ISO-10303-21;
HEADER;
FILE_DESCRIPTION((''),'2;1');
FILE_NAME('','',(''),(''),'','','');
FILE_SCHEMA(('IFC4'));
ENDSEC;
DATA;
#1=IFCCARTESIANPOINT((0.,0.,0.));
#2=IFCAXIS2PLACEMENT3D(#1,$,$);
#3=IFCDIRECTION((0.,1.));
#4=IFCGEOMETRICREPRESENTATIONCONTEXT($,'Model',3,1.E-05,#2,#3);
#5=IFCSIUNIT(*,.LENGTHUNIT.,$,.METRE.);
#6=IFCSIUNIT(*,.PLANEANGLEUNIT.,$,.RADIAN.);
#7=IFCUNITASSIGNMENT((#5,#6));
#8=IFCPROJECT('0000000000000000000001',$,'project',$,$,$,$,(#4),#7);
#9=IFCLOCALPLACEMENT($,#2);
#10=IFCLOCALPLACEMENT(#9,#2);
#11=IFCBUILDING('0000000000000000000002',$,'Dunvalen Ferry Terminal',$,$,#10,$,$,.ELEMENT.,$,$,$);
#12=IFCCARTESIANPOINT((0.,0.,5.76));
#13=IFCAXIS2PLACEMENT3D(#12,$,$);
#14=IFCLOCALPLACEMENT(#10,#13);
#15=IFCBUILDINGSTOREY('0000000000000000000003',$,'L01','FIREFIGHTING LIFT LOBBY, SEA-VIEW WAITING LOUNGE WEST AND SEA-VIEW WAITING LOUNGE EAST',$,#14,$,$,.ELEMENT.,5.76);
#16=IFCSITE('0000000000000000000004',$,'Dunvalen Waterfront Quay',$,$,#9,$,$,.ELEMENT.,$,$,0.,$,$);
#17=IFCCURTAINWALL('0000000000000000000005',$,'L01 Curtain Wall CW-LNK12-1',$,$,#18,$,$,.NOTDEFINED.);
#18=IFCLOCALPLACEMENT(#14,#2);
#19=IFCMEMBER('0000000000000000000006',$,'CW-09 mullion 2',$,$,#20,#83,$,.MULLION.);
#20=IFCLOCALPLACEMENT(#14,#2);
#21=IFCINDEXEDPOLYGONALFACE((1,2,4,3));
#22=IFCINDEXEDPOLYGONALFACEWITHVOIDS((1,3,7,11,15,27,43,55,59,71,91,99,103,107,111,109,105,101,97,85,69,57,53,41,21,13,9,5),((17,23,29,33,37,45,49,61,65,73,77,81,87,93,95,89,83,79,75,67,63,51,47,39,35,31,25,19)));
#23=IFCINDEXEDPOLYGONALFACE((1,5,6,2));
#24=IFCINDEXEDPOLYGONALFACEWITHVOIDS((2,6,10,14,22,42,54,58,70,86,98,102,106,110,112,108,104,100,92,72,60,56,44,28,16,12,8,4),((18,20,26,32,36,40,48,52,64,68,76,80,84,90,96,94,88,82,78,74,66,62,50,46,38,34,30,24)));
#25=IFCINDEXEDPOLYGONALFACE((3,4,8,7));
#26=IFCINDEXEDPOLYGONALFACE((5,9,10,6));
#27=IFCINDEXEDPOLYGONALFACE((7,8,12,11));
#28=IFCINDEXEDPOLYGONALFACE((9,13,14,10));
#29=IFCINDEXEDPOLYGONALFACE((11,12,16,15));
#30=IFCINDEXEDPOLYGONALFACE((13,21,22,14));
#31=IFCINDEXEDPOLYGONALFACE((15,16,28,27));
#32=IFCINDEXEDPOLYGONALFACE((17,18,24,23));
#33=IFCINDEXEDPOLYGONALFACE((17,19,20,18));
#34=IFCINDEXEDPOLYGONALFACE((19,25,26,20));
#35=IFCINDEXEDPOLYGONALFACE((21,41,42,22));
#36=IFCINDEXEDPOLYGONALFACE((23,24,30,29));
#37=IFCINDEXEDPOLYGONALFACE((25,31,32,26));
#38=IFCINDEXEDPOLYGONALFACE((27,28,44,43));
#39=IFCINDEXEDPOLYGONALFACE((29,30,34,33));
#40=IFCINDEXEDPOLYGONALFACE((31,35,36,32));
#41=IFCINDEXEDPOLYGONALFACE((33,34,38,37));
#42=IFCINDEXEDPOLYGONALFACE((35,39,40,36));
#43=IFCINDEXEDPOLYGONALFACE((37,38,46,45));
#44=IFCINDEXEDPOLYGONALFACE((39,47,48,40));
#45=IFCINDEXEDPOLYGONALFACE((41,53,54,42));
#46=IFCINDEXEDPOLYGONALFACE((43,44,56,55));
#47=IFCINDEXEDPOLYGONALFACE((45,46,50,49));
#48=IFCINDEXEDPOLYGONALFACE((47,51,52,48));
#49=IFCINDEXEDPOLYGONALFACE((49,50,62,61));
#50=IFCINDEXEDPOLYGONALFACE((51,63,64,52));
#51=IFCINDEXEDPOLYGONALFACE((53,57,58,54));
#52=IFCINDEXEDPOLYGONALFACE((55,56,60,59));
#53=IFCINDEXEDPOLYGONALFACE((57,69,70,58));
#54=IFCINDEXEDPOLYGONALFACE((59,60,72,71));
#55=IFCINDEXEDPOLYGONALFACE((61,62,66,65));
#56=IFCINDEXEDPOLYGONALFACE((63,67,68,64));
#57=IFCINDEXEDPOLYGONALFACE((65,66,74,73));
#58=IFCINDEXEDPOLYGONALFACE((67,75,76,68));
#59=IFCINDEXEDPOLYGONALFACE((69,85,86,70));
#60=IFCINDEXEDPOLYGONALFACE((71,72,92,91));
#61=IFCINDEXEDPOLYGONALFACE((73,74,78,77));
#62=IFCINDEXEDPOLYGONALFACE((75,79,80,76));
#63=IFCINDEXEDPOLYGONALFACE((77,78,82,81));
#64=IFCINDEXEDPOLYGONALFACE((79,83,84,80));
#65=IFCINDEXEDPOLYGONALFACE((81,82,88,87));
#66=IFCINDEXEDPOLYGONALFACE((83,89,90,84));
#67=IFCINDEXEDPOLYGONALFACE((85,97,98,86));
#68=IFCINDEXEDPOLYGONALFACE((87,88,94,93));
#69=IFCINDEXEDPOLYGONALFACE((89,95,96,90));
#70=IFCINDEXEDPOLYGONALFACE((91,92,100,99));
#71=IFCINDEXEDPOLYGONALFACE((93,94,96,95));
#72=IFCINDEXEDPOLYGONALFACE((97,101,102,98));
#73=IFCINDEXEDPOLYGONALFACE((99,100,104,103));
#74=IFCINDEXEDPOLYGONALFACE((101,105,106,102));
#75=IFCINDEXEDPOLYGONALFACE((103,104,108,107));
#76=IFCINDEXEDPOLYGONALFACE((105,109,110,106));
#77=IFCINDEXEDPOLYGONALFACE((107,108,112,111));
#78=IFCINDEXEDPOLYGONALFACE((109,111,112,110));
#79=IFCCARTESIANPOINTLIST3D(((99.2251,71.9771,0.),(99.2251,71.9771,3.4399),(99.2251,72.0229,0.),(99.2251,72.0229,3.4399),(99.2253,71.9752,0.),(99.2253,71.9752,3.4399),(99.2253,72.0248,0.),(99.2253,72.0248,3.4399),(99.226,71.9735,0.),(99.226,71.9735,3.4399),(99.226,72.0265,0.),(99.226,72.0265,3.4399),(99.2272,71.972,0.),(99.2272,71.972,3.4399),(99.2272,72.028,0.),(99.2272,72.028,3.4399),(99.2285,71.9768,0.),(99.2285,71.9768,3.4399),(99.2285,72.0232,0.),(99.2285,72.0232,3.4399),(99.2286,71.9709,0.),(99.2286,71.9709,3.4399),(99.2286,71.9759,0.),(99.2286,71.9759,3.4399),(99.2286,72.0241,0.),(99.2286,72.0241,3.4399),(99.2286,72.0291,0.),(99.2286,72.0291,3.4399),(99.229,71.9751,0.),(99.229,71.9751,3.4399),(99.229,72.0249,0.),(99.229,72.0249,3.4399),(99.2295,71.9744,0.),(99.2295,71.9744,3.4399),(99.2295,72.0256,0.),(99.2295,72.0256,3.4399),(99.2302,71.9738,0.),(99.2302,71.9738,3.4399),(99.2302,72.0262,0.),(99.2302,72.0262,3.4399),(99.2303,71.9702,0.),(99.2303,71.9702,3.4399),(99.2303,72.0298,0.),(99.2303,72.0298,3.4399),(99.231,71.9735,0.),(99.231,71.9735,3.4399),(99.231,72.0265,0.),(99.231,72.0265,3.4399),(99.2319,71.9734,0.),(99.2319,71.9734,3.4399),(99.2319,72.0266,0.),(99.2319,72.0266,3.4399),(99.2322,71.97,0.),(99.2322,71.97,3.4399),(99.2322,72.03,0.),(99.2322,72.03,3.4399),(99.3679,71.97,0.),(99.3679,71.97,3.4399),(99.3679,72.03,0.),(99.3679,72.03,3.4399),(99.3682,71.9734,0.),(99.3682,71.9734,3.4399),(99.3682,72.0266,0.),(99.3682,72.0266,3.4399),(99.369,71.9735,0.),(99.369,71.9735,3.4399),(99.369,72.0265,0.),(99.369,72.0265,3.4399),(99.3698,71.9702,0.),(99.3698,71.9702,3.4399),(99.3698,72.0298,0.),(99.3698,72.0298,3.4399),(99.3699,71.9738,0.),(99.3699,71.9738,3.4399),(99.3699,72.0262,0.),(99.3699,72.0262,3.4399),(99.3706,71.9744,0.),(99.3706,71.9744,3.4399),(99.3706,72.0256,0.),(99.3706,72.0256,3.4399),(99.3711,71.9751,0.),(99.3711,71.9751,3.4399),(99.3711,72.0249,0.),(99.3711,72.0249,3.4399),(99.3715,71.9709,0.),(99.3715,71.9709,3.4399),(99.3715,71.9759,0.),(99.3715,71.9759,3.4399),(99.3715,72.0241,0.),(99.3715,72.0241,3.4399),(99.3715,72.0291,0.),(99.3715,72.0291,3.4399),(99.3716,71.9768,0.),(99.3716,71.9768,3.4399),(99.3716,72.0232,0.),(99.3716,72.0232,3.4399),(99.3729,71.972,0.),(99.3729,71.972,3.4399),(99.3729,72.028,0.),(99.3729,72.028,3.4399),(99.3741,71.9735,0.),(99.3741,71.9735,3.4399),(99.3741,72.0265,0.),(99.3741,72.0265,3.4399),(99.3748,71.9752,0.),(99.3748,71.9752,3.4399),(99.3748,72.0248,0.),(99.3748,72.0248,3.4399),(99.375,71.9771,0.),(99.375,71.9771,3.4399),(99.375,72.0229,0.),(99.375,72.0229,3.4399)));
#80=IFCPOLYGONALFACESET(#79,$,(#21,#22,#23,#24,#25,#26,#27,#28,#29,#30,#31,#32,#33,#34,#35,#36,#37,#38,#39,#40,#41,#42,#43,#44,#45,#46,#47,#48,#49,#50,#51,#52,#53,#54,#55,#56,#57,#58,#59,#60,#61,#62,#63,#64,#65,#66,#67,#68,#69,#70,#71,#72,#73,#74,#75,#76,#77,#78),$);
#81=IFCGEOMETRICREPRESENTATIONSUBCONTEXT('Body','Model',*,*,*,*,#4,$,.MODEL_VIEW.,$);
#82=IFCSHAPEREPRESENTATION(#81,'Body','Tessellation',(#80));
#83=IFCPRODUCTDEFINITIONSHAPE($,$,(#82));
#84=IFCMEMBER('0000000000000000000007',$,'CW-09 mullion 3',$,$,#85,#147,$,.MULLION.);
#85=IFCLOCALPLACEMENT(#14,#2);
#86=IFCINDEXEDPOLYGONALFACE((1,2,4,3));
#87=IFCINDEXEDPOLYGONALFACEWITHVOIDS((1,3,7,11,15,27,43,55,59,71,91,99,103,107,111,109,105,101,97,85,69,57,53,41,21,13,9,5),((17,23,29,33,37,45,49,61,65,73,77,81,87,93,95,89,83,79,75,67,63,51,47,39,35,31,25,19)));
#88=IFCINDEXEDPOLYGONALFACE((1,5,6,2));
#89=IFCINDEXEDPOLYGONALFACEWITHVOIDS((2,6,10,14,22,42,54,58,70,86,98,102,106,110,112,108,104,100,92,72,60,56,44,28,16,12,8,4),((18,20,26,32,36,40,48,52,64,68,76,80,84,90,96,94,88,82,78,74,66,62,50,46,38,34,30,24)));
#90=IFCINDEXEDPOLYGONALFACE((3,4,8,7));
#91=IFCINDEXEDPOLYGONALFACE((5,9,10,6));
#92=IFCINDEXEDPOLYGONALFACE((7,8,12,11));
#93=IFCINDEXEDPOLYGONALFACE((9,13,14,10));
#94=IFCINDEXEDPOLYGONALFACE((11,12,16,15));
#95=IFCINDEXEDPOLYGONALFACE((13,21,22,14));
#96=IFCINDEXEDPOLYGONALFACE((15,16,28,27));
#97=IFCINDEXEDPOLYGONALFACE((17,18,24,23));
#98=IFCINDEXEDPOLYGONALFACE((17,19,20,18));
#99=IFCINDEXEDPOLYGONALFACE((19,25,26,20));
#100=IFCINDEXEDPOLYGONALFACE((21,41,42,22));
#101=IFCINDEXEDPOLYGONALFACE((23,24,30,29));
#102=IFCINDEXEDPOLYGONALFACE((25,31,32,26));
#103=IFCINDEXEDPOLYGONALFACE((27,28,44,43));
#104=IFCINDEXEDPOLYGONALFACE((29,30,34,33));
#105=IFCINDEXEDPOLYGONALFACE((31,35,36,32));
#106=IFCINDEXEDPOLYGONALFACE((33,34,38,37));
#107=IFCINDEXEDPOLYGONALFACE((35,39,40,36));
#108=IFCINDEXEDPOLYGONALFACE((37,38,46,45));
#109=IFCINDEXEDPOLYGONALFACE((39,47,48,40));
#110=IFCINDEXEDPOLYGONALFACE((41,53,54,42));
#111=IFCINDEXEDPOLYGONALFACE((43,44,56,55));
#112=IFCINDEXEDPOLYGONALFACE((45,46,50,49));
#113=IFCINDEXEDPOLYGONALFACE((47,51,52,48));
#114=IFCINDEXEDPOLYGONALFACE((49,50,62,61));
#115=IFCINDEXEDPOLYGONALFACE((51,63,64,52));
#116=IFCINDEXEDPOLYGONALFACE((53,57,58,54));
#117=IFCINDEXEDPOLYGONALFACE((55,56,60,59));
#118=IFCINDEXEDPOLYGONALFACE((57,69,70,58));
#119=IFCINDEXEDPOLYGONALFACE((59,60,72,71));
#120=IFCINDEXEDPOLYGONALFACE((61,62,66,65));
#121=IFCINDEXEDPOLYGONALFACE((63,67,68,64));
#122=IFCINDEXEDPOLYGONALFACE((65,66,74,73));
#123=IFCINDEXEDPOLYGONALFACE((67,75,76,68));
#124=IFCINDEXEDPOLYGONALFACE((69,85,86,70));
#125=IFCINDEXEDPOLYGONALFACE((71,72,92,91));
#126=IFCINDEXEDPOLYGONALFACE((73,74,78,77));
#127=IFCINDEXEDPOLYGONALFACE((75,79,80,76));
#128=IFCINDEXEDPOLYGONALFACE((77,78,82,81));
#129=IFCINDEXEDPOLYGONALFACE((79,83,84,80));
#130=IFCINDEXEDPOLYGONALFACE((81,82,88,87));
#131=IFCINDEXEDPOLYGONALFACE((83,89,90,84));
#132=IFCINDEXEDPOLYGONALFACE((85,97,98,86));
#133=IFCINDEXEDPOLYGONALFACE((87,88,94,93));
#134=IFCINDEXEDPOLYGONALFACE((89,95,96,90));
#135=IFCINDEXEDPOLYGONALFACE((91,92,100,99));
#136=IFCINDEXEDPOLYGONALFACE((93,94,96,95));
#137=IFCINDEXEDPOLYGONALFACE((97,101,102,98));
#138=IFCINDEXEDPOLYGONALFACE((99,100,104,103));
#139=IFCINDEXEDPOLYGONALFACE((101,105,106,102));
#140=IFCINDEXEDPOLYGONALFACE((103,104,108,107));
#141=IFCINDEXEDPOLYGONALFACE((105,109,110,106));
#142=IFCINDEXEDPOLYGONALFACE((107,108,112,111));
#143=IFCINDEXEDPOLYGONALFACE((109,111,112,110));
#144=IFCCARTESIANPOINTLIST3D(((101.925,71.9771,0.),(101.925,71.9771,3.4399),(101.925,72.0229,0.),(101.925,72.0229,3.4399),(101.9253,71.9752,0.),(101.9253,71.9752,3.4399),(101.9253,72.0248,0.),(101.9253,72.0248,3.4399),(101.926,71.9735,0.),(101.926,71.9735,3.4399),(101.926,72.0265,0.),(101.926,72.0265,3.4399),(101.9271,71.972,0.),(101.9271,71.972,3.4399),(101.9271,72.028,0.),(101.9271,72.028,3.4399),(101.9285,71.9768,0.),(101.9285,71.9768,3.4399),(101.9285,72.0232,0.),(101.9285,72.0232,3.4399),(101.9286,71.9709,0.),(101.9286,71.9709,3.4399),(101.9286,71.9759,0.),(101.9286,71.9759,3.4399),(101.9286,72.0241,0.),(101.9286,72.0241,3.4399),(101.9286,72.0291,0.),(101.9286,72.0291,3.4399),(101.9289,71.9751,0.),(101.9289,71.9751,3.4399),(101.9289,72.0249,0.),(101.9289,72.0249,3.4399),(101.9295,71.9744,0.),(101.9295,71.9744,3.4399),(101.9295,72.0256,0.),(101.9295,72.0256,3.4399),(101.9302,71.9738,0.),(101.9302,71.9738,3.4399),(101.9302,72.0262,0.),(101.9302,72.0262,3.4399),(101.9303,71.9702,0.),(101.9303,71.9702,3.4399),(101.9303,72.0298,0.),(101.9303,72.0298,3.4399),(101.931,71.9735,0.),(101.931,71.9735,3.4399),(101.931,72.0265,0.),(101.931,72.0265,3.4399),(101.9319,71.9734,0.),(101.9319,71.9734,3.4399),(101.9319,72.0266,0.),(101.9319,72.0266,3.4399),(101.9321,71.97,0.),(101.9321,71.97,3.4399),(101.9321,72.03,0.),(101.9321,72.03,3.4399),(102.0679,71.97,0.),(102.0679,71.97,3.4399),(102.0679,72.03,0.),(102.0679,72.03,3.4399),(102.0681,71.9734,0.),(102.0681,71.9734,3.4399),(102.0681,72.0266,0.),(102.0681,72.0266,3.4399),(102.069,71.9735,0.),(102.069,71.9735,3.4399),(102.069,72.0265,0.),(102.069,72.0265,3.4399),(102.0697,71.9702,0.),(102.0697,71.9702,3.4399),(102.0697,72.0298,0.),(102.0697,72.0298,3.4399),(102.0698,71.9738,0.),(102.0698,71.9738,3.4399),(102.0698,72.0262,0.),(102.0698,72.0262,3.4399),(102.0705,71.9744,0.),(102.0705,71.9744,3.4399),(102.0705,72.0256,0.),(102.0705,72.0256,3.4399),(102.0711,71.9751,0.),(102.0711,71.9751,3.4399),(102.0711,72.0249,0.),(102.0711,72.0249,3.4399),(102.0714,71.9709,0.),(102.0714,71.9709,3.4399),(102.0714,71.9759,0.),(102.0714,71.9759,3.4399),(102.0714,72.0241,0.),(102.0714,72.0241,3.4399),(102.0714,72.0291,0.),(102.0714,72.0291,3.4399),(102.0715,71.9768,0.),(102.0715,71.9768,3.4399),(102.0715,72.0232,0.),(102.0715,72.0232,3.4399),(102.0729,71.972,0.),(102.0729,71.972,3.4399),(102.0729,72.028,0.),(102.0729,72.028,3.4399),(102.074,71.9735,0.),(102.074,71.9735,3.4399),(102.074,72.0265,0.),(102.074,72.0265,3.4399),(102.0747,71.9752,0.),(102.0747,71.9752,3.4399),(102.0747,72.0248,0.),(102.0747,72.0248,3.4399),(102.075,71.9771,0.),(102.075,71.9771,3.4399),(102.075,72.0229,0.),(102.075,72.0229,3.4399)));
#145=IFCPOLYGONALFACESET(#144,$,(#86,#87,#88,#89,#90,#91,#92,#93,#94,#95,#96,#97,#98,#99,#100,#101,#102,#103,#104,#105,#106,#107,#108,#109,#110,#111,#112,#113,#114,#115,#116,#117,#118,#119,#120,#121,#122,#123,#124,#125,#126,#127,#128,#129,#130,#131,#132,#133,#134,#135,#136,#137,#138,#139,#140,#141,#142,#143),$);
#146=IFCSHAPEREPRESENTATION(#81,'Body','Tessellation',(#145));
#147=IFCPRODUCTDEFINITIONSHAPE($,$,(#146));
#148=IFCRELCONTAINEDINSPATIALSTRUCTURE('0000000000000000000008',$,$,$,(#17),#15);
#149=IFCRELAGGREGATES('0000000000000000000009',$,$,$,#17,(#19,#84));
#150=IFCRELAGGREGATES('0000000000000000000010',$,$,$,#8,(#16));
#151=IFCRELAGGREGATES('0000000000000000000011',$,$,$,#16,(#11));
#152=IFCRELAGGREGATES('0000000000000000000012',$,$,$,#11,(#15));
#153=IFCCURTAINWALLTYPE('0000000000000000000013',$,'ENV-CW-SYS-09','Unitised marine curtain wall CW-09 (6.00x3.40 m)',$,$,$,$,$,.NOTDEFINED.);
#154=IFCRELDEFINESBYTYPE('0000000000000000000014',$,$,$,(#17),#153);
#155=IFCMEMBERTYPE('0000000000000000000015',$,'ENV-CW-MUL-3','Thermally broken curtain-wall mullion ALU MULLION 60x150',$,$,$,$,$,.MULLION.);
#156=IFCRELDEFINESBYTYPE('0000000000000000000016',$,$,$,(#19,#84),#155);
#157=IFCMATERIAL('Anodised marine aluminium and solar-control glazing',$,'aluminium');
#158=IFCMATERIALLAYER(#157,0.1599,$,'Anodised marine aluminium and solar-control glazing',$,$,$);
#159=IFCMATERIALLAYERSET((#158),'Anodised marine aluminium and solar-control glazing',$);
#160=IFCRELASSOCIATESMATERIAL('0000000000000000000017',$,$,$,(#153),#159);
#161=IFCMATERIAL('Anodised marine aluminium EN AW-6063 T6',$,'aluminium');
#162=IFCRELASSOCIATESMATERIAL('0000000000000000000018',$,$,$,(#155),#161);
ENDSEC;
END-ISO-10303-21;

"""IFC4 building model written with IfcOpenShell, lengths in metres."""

from ifc_helpers import new_model, si_unit, direction, frame, origin, origin_2d, place, context, subcontext, project, spatial, hollow_rectangle, extrude, material, layer, layer_set, material_profile, profile_set, type_object, element, aggregate, save


model = new_model("IFC4")

# Units and contexts
model_context = context("Model", 3, precision=1e-05, world=origin(), true_north=direction((0.0, 1.0)))
body_context = subcontext(model_context, "Body", "Model", "MODEL_VIEW")
ifc_project = project(units=[si_unit("LENGTHUNIT", "METRE"), si_unit("PLANEANGLEUNIT", "RADIAN")], contexts=[model_context])

# Site, building, storey
site_placement = place(None, origin())
site = spatial("IfcSite", under=ifc_project, at=site_placement, Name="Dunvalen Waterfront Quay", CompositionType="ELEMENT", RefElevation=0.0)
building_placement = place(site_placement, origin())
building = spatial("IfcBuilding", under=site, at=building_placement, Name="Dunvalen Ferry Terminal", CompositionType="ELEMENT")
storey_placement = place(building_placement, frame((0.0, 0.0, 5.76)))
storey = spatial("IfcBuildingStorey", under=building, at=storey_placement, Name="L01", Description="FIREFIGHTING LIFT LOBBY, SEA-VIEW WAITING LOUNGE WEST AND SEA-VIEW WAITING LOUNGE EAST", CompositionType="ELEMENT", Elevation=5.76)

# Curtain wall, members
ifc_material_1 = material(Name="Anodised marine aluminium and solar-control glazing", Category="aluminium")
ifc_material_2 = material(Name="Anodised marine aluminium EN AW-6063 T6", Category="aluminium")
ifc_layer_1 = layer(ifc_material_1, 0.1599, Name="Anodised marine aluminium and solar-control glazing")
ifc_layer_set_1 = layer_set([ifc_layer_1], Name="Anodised marine aluminium and solar-control glazing")
curtain_wall_type_1 = type_object("IfcCurtainWallType", Name="ENV-CW-SYS-09", Description="Unitised marine curtain wall CW-09 (6.00x3.40 m)", PredefinedType="NOTDEFINED", material=ifc_layer_set_1)
curtain_wall_1_placement = place(storey_placement, origin())
curtain_wall_1 = element("IfcCurtainWall", 1, at=curtain_wall_1_placement, inside=storey, type_object=curtain_wall_type_1, Name="L01 Curtain Wall CW-LNK12-1", PredefinedType="NOTDEFINED")
ifc_material_profile_1 = material_profile(ifc_material_2, hollow_rectangle(XDim=0.0601, YDim=0.1499, WallThickness=0.0034, InnerFilletRadius=0.0034, OuterFilletRadius=0.0071, at=origin_2d()), Name="Anodised marine aluminium EN AW-6063 T6")
ifc_profile_set_1 = profile_set([ifc_material_profile_1], Name="Anodised marine aluminium EN AW-6063 T6")
member_type_1 = type_object("IfcMemberType", Name="ENV-CW-MUL-3", Description="Thermally broken curtain-wall mullion ALU MULLION 60x150", PredefinedType="MULLION", material=ifc_profile_set_1)
member_1_placement = place(storey_placement, frame((99.3, 72.0, 0.0), z_axis=(0.0, 0.0, 1.0), x_axis=(0.0, 1.0, 0.0)))
member_1 = element("IfcMember", 2, at=member_1_placement, type_object=member_type_1, Name="CW-09 mullion 2", PredefinedType="MULLION", context=body_context, shape_type="SweptSolid", body=[
    extrude(hollow_rectangle(XDim=0.0601, YDim=0.1499, WallThickness=0.0034, InnerFilletRadius=0.0034, OuterFilletRadius=0.0071, at=origin_2d()), origin(), (0.0, 0.0, 1.0), 3.4399),
])
member_2_placement = place(storey_placement, frame((102.0, 72.0, 0.0), z_axis=(0.0, 0.0, 1.0), x_axis=(0.0, 1.0, 0.0)))
member_2 = element("IfcMember", 3, at=member_2_placement, type_object=member_type_1, Name="CW-09 mullion 3", PredefinedType="MULLION", context=body_context, shape_type="SweptSolid", body=[
    extrude(hollow_rectangle(XDim=0.0601, YDim=0.1499, WallThickness=0.0034, InnerFilletRadius=0.0034, OuterFilletRadius=0.0071, at=origin_2d()), origin(), (0.0, 0.0, 1.0), 3.4399),
])

aggregate(curtain_wall_1, [member_1, member_2])

save(model, "model.ifc")
